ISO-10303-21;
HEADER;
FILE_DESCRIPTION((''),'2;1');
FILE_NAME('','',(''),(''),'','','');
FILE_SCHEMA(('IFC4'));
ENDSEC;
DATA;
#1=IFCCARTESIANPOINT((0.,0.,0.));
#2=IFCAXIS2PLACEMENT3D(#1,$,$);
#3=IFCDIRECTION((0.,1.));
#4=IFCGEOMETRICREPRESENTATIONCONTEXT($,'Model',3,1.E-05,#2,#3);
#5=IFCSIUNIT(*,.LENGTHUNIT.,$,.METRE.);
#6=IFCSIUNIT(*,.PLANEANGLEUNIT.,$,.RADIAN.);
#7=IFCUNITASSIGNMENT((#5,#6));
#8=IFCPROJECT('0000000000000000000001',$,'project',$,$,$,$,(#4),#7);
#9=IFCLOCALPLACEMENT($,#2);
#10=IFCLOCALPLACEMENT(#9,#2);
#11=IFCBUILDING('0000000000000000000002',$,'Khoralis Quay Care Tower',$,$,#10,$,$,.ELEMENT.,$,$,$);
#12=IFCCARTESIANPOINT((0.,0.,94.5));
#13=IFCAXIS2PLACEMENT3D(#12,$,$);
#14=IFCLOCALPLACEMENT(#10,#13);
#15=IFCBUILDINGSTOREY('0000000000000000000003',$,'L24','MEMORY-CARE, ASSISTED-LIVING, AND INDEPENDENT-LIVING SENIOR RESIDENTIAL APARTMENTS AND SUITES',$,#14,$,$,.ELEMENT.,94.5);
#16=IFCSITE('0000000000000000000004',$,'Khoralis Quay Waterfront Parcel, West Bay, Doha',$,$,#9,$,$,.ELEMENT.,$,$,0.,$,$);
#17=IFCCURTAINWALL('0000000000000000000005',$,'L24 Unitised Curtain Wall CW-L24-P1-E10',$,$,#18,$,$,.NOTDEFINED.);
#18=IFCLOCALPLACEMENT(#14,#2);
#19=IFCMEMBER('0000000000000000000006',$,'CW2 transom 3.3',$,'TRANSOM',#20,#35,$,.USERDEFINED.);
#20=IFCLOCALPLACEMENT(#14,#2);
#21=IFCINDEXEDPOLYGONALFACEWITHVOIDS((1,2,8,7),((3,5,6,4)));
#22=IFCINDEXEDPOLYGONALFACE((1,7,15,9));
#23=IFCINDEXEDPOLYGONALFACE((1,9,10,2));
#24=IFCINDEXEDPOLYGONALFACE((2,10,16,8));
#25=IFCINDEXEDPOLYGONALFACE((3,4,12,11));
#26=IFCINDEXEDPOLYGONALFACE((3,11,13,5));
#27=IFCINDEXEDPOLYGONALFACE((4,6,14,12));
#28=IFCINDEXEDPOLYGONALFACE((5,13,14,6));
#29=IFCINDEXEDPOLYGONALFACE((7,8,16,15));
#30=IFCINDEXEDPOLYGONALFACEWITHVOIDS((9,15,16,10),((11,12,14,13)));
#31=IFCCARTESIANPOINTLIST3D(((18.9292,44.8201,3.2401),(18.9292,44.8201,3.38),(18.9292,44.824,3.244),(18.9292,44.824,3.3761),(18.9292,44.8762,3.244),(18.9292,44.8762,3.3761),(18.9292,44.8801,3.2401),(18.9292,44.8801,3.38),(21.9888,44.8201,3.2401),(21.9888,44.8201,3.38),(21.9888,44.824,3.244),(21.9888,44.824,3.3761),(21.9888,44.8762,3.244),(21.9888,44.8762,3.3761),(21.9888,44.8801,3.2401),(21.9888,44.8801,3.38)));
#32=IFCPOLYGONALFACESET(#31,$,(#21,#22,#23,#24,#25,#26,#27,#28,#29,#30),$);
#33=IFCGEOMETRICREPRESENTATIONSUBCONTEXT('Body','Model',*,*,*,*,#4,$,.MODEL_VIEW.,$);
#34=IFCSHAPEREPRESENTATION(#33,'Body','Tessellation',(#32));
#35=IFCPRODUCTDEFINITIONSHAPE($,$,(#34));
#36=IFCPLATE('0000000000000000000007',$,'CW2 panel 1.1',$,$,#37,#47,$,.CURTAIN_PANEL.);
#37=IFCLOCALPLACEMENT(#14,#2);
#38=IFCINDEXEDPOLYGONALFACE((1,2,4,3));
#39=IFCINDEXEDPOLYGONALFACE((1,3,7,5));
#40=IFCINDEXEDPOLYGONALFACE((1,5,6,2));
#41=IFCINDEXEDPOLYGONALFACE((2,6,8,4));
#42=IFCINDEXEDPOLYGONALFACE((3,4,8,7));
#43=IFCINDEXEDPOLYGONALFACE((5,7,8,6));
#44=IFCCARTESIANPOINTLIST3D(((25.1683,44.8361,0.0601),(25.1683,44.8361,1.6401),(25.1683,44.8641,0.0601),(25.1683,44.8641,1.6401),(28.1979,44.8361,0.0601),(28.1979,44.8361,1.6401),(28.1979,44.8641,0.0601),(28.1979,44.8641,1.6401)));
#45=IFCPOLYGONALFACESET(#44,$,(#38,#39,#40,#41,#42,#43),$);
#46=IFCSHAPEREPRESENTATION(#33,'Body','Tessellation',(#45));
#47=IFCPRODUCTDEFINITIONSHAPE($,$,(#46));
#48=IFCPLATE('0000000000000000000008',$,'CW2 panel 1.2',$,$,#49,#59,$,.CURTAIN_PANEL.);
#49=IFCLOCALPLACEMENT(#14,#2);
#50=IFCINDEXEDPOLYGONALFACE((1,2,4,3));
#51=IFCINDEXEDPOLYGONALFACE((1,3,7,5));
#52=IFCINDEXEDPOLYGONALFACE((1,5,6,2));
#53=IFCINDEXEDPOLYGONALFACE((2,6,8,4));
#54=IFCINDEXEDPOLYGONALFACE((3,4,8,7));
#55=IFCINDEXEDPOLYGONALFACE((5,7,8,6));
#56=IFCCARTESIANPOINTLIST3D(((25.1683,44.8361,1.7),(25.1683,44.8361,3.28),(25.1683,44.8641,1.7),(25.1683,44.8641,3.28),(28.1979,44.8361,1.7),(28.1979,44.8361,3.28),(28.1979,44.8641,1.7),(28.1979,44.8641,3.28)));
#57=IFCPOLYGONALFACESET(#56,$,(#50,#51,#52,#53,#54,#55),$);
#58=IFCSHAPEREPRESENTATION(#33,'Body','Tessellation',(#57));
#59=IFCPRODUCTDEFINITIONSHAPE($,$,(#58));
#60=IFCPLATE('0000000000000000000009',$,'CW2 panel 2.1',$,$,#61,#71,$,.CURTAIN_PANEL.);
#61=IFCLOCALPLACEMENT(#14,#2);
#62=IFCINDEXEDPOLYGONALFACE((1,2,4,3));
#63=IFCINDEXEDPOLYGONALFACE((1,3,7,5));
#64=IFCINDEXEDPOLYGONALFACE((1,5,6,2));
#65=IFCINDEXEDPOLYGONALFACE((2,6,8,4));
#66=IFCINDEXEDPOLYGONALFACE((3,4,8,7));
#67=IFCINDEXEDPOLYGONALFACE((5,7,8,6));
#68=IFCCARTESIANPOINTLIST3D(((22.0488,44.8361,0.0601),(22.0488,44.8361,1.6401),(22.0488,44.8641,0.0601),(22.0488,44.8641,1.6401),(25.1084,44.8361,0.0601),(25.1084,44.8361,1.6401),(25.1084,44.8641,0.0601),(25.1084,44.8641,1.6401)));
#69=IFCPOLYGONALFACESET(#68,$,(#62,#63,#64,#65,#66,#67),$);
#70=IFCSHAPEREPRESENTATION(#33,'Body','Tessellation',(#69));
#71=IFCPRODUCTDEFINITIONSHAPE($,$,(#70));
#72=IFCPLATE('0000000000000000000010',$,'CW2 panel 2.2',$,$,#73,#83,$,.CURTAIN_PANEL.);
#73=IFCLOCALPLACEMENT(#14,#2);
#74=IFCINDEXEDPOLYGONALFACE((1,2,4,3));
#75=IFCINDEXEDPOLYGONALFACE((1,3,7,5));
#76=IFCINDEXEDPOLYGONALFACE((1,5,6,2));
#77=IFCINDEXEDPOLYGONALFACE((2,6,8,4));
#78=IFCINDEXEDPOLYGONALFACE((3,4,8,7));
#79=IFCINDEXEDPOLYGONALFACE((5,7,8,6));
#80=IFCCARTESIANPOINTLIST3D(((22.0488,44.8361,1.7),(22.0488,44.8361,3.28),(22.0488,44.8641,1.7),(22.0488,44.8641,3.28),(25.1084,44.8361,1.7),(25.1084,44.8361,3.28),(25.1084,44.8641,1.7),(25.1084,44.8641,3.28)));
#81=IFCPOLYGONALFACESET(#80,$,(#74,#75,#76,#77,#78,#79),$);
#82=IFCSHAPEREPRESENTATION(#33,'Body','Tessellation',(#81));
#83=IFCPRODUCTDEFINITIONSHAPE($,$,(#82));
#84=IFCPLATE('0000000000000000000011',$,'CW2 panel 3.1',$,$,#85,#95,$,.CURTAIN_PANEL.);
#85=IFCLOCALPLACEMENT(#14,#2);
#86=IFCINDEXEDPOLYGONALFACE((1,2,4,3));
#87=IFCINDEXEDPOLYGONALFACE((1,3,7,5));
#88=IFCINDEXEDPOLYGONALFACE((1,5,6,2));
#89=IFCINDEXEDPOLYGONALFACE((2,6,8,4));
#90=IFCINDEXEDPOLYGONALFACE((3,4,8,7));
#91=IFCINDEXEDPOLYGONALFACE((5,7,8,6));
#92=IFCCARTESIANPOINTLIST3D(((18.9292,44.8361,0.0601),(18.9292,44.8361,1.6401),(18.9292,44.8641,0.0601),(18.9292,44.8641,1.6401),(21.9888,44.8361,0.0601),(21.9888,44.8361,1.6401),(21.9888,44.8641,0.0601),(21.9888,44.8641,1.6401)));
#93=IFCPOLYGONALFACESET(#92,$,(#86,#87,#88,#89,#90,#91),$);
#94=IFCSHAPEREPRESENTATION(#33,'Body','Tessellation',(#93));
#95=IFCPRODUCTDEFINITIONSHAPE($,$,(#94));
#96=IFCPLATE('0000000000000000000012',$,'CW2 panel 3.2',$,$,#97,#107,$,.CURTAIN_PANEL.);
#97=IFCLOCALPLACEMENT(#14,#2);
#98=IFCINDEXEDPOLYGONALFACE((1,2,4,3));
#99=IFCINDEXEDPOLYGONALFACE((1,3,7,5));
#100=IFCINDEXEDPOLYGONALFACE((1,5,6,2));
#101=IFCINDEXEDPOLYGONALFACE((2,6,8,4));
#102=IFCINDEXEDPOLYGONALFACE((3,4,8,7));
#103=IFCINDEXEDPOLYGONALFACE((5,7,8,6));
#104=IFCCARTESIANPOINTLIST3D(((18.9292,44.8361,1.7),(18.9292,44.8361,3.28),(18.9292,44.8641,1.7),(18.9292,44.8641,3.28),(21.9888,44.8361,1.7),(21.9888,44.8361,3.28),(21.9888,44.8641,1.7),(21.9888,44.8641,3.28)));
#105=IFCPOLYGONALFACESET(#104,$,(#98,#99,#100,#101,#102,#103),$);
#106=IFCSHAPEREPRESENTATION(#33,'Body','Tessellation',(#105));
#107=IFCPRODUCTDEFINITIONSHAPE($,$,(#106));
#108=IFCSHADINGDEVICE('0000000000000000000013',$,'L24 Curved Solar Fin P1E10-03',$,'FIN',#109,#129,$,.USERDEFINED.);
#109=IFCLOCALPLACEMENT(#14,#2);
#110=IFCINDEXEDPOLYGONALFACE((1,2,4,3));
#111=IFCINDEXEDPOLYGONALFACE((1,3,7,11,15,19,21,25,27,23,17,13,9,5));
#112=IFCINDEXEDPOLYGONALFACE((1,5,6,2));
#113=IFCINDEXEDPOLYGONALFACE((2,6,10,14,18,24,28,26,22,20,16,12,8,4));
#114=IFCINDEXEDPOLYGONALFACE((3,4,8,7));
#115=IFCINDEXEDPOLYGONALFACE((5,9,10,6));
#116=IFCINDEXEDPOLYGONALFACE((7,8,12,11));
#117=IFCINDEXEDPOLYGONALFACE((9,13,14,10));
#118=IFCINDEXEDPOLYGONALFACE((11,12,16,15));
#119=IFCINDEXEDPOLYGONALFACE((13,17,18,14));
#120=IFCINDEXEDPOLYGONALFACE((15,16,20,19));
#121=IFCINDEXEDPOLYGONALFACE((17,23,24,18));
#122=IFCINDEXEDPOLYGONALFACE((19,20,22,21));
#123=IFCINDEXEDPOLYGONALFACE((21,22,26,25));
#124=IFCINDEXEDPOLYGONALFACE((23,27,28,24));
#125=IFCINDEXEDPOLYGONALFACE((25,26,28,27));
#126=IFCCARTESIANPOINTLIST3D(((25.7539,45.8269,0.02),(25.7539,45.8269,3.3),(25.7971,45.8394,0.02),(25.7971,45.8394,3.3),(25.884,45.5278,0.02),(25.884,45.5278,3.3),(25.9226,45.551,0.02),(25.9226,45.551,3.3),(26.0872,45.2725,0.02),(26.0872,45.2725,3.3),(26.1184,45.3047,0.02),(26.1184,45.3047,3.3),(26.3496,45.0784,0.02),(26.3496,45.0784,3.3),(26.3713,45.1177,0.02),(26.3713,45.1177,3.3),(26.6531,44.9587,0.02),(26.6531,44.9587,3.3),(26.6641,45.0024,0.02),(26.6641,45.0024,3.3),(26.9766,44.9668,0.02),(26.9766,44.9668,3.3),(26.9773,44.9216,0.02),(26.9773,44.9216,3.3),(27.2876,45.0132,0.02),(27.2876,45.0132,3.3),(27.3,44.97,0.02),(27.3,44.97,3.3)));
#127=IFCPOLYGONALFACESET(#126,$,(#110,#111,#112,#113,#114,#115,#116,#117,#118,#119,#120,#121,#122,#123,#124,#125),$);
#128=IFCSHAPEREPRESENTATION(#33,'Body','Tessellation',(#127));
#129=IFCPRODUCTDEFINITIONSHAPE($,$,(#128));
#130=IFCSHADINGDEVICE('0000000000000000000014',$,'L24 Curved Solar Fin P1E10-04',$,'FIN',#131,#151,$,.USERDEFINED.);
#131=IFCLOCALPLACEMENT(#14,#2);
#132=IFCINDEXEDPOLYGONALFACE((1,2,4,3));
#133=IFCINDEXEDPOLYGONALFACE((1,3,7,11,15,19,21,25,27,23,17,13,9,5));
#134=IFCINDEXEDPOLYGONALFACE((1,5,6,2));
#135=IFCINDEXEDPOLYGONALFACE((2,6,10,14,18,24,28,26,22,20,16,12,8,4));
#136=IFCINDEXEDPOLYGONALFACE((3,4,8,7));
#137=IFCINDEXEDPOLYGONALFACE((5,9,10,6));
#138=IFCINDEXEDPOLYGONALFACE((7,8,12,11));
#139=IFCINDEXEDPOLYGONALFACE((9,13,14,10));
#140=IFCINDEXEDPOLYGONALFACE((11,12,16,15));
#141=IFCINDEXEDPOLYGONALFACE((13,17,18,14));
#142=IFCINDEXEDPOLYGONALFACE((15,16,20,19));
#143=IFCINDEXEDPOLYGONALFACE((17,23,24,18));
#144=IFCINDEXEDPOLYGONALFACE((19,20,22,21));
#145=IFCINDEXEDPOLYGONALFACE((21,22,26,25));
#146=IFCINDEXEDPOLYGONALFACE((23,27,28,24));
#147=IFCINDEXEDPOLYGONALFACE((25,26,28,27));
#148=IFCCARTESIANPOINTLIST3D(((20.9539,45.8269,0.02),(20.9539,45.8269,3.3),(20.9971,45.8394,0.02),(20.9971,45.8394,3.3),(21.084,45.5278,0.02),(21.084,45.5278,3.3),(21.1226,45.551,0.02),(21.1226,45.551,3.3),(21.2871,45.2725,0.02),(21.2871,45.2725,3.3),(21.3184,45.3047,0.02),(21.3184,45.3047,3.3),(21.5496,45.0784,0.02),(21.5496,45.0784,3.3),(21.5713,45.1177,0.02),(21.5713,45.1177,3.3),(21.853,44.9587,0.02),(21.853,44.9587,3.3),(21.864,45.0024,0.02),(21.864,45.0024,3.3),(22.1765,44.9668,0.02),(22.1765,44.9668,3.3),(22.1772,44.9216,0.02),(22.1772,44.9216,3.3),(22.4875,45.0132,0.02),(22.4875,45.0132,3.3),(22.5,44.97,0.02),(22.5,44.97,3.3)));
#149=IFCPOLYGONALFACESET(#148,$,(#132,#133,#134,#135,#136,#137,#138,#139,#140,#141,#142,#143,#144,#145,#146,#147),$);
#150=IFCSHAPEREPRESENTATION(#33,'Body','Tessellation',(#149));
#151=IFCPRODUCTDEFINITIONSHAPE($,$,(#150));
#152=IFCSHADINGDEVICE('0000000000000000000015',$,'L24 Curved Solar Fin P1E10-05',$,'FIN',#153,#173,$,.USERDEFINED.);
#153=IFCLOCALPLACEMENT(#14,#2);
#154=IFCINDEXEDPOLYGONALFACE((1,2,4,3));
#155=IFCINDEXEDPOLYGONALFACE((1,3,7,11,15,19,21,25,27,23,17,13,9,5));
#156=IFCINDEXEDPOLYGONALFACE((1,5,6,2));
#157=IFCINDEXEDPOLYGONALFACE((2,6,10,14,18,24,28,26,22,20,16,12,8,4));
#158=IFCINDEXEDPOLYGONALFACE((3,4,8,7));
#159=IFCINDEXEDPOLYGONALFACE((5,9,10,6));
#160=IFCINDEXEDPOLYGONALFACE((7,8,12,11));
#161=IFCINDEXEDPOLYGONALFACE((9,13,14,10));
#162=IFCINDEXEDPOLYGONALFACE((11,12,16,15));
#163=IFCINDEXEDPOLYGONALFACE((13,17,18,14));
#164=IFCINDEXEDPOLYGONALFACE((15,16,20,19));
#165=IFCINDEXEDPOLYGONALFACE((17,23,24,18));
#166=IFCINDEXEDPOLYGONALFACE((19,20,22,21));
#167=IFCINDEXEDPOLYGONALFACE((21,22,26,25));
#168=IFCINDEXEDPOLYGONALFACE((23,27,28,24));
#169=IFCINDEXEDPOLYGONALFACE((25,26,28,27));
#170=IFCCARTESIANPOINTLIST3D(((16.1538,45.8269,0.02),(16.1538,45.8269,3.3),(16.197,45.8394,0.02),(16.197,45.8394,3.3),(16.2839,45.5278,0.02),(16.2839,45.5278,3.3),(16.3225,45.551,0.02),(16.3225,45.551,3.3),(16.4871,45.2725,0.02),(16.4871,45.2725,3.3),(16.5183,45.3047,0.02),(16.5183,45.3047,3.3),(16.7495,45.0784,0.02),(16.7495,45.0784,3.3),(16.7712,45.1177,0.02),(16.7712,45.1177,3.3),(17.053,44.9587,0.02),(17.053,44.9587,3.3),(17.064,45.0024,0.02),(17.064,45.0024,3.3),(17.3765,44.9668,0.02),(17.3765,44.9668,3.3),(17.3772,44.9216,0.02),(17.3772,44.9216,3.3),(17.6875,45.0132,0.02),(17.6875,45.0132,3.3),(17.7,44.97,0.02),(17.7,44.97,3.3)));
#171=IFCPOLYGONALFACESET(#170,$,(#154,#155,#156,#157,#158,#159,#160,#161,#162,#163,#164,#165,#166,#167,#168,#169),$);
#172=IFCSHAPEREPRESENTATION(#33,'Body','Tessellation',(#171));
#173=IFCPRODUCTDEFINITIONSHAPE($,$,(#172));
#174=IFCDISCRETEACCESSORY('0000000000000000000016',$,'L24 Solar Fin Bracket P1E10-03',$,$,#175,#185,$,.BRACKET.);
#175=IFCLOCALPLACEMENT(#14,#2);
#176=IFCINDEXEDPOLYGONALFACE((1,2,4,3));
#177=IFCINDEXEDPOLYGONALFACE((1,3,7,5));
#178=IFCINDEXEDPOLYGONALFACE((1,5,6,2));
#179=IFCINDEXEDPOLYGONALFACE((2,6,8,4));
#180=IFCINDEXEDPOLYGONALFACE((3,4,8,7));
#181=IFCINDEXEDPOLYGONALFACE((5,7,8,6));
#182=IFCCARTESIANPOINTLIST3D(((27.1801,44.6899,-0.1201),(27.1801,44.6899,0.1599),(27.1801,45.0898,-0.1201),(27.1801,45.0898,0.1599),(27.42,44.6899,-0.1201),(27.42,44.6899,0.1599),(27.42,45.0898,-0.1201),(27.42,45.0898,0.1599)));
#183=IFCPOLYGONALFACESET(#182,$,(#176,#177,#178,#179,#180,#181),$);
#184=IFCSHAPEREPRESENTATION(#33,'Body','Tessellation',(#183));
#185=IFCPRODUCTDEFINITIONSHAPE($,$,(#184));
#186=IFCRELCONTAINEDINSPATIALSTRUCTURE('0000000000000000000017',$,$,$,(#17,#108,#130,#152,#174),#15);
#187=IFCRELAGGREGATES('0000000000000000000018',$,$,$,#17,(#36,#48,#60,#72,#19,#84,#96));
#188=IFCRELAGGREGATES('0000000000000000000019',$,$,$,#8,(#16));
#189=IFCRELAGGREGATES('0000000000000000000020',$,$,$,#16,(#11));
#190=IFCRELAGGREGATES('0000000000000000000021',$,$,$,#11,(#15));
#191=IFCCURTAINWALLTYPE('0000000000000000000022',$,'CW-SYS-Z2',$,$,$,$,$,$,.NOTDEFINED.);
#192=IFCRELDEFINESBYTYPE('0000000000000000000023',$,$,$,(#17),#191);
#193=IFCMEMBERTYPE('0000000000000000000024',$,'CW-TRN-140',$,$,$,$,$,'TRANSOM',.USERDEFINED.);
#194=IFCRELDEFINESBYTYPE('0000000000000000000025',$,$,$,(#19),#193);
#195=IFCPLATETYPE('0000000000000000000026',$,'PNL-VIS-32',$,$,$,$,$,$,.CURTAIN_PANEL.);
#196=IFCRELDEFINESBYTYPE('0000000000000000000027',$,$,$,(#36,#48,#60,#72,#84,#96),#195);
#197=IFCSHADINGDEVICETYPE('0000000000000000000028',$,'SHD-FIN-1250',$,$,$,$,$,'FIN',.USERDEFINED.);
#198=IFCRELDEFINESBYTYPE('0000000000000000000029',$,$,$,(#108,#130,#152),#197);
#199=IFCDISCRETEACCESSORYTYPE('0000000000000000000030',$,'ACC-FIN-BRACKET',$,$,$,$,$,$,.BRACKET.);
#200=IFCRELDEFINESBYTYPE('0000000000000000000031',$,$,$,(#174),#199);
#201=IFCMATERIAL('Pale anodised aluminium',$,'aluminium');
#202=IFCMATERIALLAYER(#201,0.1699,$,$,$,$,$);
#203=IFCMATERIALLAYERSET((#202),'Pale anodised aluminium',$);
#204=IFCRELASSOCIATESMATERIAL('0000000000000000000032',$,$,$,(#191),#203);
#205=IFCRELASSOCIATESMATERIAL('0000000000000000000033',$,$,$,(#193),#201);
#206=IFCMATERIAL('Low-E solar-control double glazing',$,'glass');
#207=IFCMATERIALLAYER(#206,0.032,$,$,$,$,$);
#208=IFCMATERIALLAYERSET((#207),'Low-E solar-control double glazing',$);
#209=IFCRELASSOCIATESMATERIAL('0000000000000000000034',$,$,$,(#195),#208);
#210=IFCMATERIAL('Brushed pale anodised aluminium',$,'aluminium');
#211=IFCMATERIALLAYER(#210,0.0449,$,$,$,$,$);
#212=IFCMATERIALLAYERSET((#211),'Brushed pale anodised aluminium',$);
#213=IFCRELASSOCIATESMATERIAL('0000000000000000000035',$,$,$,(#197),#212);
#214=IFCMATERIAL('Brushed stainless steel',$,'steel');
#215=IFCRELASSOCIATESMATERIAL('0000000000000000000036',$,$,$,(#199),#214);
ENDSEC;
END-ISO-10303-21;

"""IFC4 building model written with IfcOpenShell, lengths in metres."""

from ifc_helpers import new_model, si_unit, direction, frame, origin, origin_2d, place, context, subcontext, project, spatial, polyline, rectangle, hollow_rectangle, outline, extrude, source, transform, mapped, material, layer, layer_set, material_profile, profile_set, type_object, element, aggregate, save


model = new_model("IFC4")

# Units and contexts
model_context = context("Model", 3, precision=1e-05, world=origin(), true_north=direction((0.0, 1.0)))
body_context = subcontext(model_context, "Body", "Model", "MODEL_VIEW")
ifc_project = project(units=[si_unit("LENGTHUNIT", "METRE"), si_unit("PLANEANGLEUNIT", "RADIAN")], contexts=[model_context])

# Site, building, storey
site_placement = place(None, origin())
site = spatial("IfcSite", under=ifc_project, at=site_placement, Name="Khoralis Quay Waterfront Parcel, West Bay, Doha", CompositionType="ELEMENT", RefElevation=0.0)
building_placement = place(site_placement, origin())
building = spatial("IfcBuilding", under=site, at=building_placement, Name="Khoralis Quay Care Tower", CompositionType="ELEMENT")
storey_placement = place(building_placement, frame((0.0, 0.0, 94.5)))
storey = spatial("IfcBuildingStorey", under=building, at=storey_placement, Name="L24", Description="MEMORY-CARE, ASSISTED-LIVING, AND INDEPENDENT-LIVING SENIOR RESIDENTIAL APARTMENTS AND SUITES", CompositionType="ELEMENT", Elevation=94.5)

# Curtain wall, member, plates
ifc_material_1 = material(Name="Pale anodised aluminium", Category="aluminium")
ifc_layer_1 = layer(ifc_material_1, 0.1699)
ifc_layer_set_1 = layer_set([ifc_layer_1], Name="Pale anodised aluminium")
curtain_wall_type = type_object("IfcCurtainWallType", Name="CW-SYS-Z2", PredefinedType="NOTDEFINED", material=ifc_layer_set_1)
curtain_wall_placement = place(storey_placement, origin())
curtain_wall = element("IfcCurtainWall", 1, at=curtain_wall_placement, inside=storey, type_object=curtain_wall_type, Name="L24 Unitised Curtain Wall CW-L24-P1-E10", PredefinedType="NOTDEFINED")
ifc_material_profile_1 = material_profile(ifc_material_1, hollow_rectangle(XDim=0.0601, YDim=0.1399, WallThickness=0.0039, at=origin_2d()), Name="Pale anodised aluminium")
ifc_profile_set_1 = profile_set([ifc_material_profile_1], Name="Pale anodised aluminium")
member_type_1 = type_object("IfcMemberType", Name="CW-TRN-140", ElementType="TRANSOM", PredefinedType="USERDEFINED", material=ifc_profile_set_1)
shared_shape_1 = source(origin(), body_context, "Body", "SweptSolid", [
    extrude(hollow_rectangle(XDim=0.0601, YDim=0.1399, WallThickness=0.0039, at=origin_2d()), origin(), (0.0, 0.0, 1.0), 3.0596),
])
member_1_placement = place(storey_placement, frame((21.9888, 44.8501, 3.3101), z_axis=(-1.0, 0.0, 0.0), x_axis=(0.0, -1.0, 0.0)))
member_1 = element("IfcMember", 2, at=member_1_placement, type_object=member_type_1, Name="CW2 transom 3.3", ObjectType="TRANSOM", PredefinedType="USERDEFINED", context=body_context, shape_type="MappedRepresentation", body=[
    mapped(shared_shape_1, transform((0.0, 0.0, 0.0), scale=1.0)),
])
ifc_material_2 = material(Name="Low-E solar-control double glazing", Category="glass")
ifc_layer_2 = layer(ifc_material_2, 0.032)
ifc_layer_set_2 = layer_set([ifc_layer_2], Name="Low-E solar-control double glazing")
plate_type = type_object("IfcPlateType", Name="PNL-VIS-32", PredefinedType="CURTAIN_PANEL", material=ifc_layer_set_2)
shared_shape_2 = source(origin(), body_context, "Body", "SweptSolid", [
    extrude(rectangle(XDim=3.0295, YDim=0.0281, at=origin_2d()), origin(), (0.0, 0.0, 1.0), 1.5801),
])
plate_1_placement = place(storey_placement, frame((26.6831, 44.8501, 0.0601), z_axis=(0.0, 0.0, 1.0), x_axis=(-1.0, 0.0, 0.0)))
plate_1 = element("IfcPlate", 3, at=plate_1_placement, type_object=plate_type, Name="CW2 panel 1.1", PredefinedType="CURTAIN_PANEL", context=body_context, shape_type="MappedRepresentation", body=[
    mapped(shared_shape_2, transform((0.0, 0.0, 0.0), scale=1.0)),
])
plate_2_placement = place(storey_placement, frame((26.6831, 44.8501, 1.7), z_axis=(0.0, 0.0, 1.0), x_axis=(-1.0, 0.0, 0.0)))
plate_2 = element("IfcPlate", 4, at=plate_2_placement, type_object=plate_type, Name="CW2 panel 1.2", PredefinedType="CURTAIN_PANEL", context=body_context, shape_type="MappedRepresentation", body=[
    mapped(shared_shape_2, transform((0.0, 0.0, 0.0), scale=1.0)),
])
shared_shape_3 = source(origin(), body_context, "Body", "SweptSolid", [
    extrude(rectangle(XDim=3.0596, YDim=0.0281, at=origin_2d()), origin(), (0.0, 0.0, 1.0), 1.5801),
])
plate_3_placement = place(storey_placement, frame((23.5786, 44.8501, 0.0601), z_axis=(0.0, 0.0, 1.0), x_axis=(-1.0, 0.0, 0.0)))
plate_3 = element("IfcPlate", 5, at=plate_3_placement, type_object=plate_type, Name="CW2 panel 2.1", PredefinedType="CURTAIN_PANEL", context=body_context, shape_type="MappedRepresentation", body=[
    mapped(shared_shape_3, transform((0.0, 0.0, 0.0), scale=1.0)),
])
plate_4_placement = place(storey_placement, frame((23.5786, 44.8501, 1.7), z_axis=(0.0, 0.0, 1.0), x_axis=(-1.0, 0.0, 0.0)))
plate_4 = element("IfcPlate", 6, at=plate_4_placement, type_object=plate_type, Name="CW2 panel 2.2", PredefinedType="CURTAIN_PANEL", context=body_context, shape_type="MappedRepresentation", body=[
    mapped(shared_shape_3, transform((0.0, 0.0, 0.0), scale=1.0)),
])
plate_5_placement = place(storey_placement, frame((20.459, 44.8501, 0.0601), z_axis=(0.0, 0.0, 1.0), x_axis=(-1.0, 0.0, 0.0)))
plate_5 = element("IfcPlate", 7, at=plate_5_placement, type_object=plate_type, Name="CW2 panel 3.1", PredefinedType="CURTAIN_PANEL", context=body_context, shape_type="MappedRepresentation", body=[
    mapped(shared_shape_3, transform((0.0, 0.0, 0.0), scale=1.0)),
])
plate_6_placement = place(storey_placement, frame((20.459, 44.8501, 1.7), z_axis=(0.0, 0.0, 1.0), x_axis=(-1.0, 0.0, 0.0)))
plate_6 = element("IfcPlate", 8, at=plate_6_placement, type_object=plate_type, Name="CW2 panel 3.2", PredefinedType="CURTAIN_PANEL", context=body_context, shape_type="MappedRepresentation", body=[
    mapped(shared_shape_3, transform((0.0, 0.0, 0.0), scale=1.0)),
])
aggregate(curtain_wall, [plate_1, plate_2, plate_3, plate_4, member_1, plate_5, plate_6])

# Shading devices
ifc_material_3 = material(Name="Brushed pale anodised aluminium", Category="aluminium")
ifc_layer_3 = layer(ifc_material_3, 0.0449)
ifc_layer_set_3 = layer_set([ifc_layer_3], Name="Brushed pale anodised aluminium")
shading_device_type = type_object("IfcShadingDeviceType", Name="SHD-FIN-1250", ElementType="FIN", PredefinedType="USERDEFINED", material=ifc_layer_set_3)
shared_shape_4 = source(origin(), body_context, "Body", "SweptSolid", [
    extrude(outline(polyline([(0.0, 0.0), (-0.0483, 0.3228), (-0.0112, 0.647), (0.1084, 0.9504), (0.3025, 1.2129), (0.5579, 1.416), (0.8569, 1.5461), (0.8694, 1.5029), (0.5811, 1.3774), (0.3347, 1.1816), (0.1477, 0.9287), (0.0325, 0.636), (-0.0032, 0.3235), (0.0432, 0.0125), (0.0, 0.0)])), origin(), (0.0, 0.0, 1.0), 3.28),
])
for number, where, z_axis, x_axis, name in (
    (9, (27.3, 44.97, 0.02), (0.0, 0.0, 1.0), (0.0, 1.0, 0.0), "L24 Curved Solar Fin P1E10-03"),
    (10, (22.5, 44.97, 0.02), (0.0, 0.0, 1.0), (0.0, 1.0, 0.0), "L24 Curved Solar Fin P1E10-04"),
    (11, (17.7, 44.97, 0.02), (0.0, 0.0, 1.0), (0.0, 1.0, 0.0), "L24 Curved Solar Fin P1E10-05"),
):
    element("IfcShadingDevice", number, at=place(storey_placement, frame(where, z_axis=z_axis, x_axis=x_axis)), inside=storey, type_object=shading_device_type, Name=name, ObjectType="FIN", PredefinedType="USERDEFINED", context=body_context, shape_type="MappedRepresentation", body=[
        mapped(shared_shape_4, transform((0.0, 0.0, 0.0), scale=1.0)),
    ])

# Discrete accessory
ifc_material_4 = material(Name="Brushed stainless steel", Category="steel")
discrete_accessory_type = type_object("IfcDiscreteAccessoryType", Name="ACC-FIN-BRACKET", PredefinedType="BRACKET", material=ifc_material_4)
shared_shape_5 = source(origin(), body_context, "Body", "SweptSolid", [
    extrude(rectangle(XDim=0.3999, YDim=0.24, at=origin_2d()), origin(), (0.0, 0.0, 1.0), 0.28),
])
for number, where, z_axis, x_axis, name in (
    (12, (27.3, 44.8899, -0.1201), (0.0, 0.0, 1.0), (0.0, 1.0, 0.0), "L24 Solar Fin Bracket P1E10-03"),
):
    element("IfcDiscreteAccessory", number, at=place(storey_placement, frame(where, z_axis=z_axis, x_axis=x_axis)), inside=storey, type_object=discrete_accessory_type, Name=name, PredefinedType="BRACKET", context=body_context, shape_type="MappedRepresentation", body=[
        mapped(shared_shape_5, transform((0.0, 0.0, 0.0), scale=1.0)),
    ])

save(model, "model.ifc")
